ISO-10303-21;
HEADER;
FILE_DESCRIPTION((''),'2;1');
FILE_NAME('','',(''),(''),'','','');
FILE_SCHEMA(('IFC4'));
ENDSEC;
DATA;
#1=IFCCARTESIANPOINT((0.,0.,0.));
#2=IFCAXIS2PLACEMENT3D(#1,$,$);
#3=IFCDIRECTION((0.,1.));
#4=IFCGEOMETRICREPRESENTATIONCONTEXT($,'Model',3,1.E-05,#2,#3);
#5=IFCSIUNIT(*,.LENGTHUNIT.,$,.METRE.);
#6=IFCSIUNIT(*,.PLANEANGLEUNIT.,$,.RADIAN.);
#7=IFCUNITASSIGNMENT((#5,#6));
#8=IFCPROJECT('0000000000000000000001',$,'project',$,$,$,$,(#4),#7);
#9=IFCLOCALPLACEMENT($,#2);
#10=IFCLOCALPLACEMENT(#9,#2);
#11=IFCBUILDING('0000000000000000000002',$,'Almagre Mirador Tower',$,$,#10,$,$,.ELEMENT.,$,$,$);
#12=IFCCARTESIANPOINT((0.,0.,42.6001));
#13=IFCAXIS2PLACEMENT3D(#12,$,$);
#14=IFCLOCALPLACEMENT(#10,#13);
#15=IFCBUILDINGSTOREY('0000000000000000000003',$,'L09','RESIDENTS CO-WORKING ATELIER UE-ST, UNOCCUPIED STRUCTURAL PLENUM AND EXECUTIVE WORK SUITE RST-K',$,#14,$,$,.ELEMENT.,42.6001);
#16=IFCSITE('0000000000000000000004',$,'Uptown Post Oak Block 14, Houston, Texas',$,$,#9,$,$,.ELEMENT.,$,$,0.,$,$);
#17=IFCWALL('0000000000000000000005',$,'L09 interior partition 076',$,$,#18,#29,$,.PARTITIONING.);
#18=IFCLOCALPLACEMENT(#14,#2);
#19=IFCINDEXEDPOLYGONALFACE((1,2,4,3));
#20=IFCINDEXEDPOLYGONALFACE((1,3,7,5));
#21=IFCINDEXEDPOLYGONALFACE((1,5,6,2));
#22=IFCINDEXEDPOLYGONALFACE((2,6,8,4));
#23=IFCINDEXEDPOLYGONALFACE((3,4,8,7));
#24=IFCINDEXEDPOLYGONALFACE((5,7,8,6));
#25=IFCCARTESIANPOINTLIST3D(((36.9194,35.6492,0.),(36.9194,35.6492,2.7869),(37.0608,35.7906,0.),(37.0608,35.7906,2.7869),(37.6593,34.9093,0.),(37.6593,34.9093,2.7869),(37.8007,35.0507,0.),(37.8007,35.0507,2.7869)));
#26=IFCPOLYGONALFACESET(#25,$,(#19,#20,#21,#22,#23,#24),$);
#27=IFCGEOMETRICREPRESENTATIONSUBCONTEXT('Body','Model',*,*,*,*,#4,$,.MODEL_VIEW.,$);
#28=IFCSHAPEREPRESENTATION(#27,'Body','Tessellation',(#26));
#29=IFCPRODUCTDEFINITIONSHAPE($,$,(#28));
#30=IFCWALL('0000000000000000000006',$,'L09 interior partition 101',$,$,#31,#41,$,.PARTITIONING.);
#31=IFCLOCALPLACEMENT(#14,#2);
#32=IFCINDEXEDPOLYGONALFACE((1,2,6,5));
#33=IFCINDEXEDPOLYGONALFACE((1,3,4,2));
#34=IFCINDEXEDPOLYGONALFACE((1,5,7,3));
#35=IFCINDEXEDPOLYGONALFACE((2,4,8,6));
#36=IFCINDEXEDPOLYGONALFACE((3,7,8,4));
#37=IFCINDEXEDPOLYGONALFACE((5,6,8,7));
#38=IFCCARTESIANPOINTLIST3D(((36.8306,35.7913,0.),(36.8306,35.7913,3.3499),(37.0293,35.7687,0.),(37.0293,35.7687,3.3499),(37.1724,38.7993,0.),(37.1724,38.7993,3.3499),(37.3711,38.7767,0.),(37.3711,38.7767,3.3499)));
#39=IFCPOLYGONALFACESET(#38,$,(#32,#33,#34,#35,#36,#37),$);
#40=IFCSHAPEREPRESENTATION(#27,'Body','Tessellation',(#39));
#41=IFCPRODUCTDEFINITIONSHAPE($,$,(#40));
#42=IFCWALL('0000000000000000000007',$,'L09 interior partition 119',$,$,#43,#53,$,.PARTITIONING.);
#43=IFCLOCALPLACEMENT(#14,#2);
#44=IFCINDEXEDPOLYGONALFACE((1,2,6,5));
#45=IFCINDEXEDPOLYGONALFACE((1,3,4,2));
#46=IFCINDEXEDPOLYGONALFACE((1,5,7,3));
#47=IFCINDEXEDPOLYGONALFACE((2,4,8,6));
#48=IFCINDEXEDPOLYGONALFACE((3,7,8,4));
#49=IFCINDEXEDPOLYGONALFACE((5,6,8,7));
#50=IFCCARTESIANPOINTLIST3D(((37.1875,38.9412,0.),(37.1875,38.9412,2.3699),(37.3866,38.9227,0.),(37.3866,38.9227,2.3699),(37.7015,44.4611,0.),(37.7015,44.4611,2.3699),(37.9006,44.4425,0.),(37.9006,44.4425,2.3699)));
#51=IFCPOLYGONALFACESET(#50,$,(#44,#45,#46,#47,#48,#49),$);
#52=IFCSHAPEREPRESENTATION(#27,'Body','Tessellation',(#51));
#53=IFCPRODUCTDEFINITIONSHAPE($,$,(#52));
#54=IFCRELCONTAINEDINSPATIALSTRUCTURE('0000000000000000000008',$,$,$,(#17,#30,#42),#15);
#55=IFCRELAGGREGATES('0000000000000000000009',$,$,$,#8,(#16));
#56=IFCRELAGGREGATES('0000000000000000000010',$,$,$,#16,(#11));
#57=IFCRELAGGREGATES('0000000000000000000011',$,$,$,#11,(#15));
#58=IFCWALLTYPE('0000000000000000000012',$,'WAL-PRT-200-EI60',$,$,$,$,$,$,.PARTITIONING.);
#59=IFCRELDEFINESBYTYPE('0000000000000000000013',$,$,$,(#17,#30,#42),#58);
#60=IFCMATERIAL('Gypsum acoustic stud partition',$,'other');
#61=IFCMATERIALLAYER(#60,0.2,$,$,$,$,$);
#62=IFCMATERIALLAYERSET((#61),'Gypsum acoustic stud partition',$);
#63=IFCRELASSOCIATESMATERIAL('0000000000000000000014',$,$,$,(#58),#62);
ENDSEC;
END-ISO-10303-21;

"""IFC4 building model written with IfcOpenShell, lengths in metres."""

from ifc_helpers import new_model, si_unit, direction, frame, frame_2d, origin, place, context, subcontext, project, spatial, rectangle, extrude, material, layer, layer_set, type_object, element, save


model = new_model("IFC4")

# Units and contexts
model_context = context("Model", 3, precision=1e-05, world=origin(), true_north=direction((0.0, 1.0)))
body_context = subcontext(model_context, "Body", "Model", "MODEL_VIEW")
ifc_project = project(units=[si_unit("LENGTHUNIT", "METRE"), si_unit("PLANEANGLEUNIT", "RADIAN")], contexts=[model_context])

# Site, building, storey
site_placement = place(None, origin())
site = spatial("IfcSite", under=ifc_project, at=site_placement, Name="Uptown Post Oak Block 14, Houston, Texas", CompositionType="ELEMENT", RefElevation=0.0)
building_placement = place(site_placement, origin())
building = spatial("IfcBuilding", under=site, at=building_placement, Name="Almagre Mirador Tower", CompositionType="ELEMENT")
storey_placement = place(building_placement, frame((0.0, 0.0, 42.6001)))
storey = spatial("IfcBuildingStorey", under=building, at=storey_placement, Name="L09", Description="RESIDENTS CO-WORKING ATELIER UE-ST, UNOCCUPIED STRUCTURAL PLENUM AND EXECUTIVE WORK SUITE RST-K", CompositionType="ELEMENT", Elevation=42.6001)

# Walls
ifc_material_1 = material(Name="Gypsum acoustic stud partition", Category="other")
ifc_layer_1 = layer(ifc_material_1, 0.2)
ifc_layer_set_1 = layer_set([ifc_layer_1], Name="Gypsum acoustic stud partition")
wall_type_1 = type_object("IfcWallType", Name="WAL-PRT-200-EI60", PredefinedType="PARTITIONING", material=ifc_layer_set_1)
wall_1_placement = place(storey_placement, frame((37.73, 34.98, 0.0), z_axis=(0.0, 0.0, 1.0), x_axis=(-0.707107, 0.707107, 0.0)))
element("IfcWall", 1, at=wall_1_placement, inside=storey, type_object=wall_type_1, Name="L09 interior partition 076", PredefinedType="PARTITIONING", context=body_context, shape_type="SweptSolid", body=[
    extrude(rectangle(XDim=1.0464, YDim=0.2, at=frame_2d((0.5232, 0.0))), origin(), (0.0, 0.0, 1.0), 2.7869),
])
wall_2_placement = place(storey_placement, frame((36.9299, 35.78, 0.0), z_axis=(0.0, 0.0, 1.0), x_axis=(0.112901, 0.993606, 0.0)))
element("IfcWall", 2, at=wall_2_placement, inside=storey, type_object=wall_type_1, Name="L09 interior partition 101", PredefinedType="PARTITIONING", context=body_context, shape_type="SweptSolid", body=[
    extrude(rectangle(XDim=3.0273, YDim=0.2, at=frame_2d((1.5137, 0.0))), origin(), (0.0, 0.0, 1.0), 3.3499),
])
wall_3_placement = place(storey_placement, frame((37.801, 44.4519, 0.0), z_axis=(0.0, 0.0, 1.0), x_axis=(-0.092704, -0.995694, 0.0)))
element("IfcWall", 3, at=wall_3_placement, inside=storey, type_object=wall_type_1, Name="L09 interior partition 119", PredefinedType="PARTITIONING", context=body_context, shape_type="SweptSolid", body=[
    extrude(rectangle(XDim=5.5437, YDim=0.2, at=frame_2d((2.772, 0.0))), origin(), (0.0, 0.0, 1.0), 2.3699),
])

save(model, "model.ifc")
